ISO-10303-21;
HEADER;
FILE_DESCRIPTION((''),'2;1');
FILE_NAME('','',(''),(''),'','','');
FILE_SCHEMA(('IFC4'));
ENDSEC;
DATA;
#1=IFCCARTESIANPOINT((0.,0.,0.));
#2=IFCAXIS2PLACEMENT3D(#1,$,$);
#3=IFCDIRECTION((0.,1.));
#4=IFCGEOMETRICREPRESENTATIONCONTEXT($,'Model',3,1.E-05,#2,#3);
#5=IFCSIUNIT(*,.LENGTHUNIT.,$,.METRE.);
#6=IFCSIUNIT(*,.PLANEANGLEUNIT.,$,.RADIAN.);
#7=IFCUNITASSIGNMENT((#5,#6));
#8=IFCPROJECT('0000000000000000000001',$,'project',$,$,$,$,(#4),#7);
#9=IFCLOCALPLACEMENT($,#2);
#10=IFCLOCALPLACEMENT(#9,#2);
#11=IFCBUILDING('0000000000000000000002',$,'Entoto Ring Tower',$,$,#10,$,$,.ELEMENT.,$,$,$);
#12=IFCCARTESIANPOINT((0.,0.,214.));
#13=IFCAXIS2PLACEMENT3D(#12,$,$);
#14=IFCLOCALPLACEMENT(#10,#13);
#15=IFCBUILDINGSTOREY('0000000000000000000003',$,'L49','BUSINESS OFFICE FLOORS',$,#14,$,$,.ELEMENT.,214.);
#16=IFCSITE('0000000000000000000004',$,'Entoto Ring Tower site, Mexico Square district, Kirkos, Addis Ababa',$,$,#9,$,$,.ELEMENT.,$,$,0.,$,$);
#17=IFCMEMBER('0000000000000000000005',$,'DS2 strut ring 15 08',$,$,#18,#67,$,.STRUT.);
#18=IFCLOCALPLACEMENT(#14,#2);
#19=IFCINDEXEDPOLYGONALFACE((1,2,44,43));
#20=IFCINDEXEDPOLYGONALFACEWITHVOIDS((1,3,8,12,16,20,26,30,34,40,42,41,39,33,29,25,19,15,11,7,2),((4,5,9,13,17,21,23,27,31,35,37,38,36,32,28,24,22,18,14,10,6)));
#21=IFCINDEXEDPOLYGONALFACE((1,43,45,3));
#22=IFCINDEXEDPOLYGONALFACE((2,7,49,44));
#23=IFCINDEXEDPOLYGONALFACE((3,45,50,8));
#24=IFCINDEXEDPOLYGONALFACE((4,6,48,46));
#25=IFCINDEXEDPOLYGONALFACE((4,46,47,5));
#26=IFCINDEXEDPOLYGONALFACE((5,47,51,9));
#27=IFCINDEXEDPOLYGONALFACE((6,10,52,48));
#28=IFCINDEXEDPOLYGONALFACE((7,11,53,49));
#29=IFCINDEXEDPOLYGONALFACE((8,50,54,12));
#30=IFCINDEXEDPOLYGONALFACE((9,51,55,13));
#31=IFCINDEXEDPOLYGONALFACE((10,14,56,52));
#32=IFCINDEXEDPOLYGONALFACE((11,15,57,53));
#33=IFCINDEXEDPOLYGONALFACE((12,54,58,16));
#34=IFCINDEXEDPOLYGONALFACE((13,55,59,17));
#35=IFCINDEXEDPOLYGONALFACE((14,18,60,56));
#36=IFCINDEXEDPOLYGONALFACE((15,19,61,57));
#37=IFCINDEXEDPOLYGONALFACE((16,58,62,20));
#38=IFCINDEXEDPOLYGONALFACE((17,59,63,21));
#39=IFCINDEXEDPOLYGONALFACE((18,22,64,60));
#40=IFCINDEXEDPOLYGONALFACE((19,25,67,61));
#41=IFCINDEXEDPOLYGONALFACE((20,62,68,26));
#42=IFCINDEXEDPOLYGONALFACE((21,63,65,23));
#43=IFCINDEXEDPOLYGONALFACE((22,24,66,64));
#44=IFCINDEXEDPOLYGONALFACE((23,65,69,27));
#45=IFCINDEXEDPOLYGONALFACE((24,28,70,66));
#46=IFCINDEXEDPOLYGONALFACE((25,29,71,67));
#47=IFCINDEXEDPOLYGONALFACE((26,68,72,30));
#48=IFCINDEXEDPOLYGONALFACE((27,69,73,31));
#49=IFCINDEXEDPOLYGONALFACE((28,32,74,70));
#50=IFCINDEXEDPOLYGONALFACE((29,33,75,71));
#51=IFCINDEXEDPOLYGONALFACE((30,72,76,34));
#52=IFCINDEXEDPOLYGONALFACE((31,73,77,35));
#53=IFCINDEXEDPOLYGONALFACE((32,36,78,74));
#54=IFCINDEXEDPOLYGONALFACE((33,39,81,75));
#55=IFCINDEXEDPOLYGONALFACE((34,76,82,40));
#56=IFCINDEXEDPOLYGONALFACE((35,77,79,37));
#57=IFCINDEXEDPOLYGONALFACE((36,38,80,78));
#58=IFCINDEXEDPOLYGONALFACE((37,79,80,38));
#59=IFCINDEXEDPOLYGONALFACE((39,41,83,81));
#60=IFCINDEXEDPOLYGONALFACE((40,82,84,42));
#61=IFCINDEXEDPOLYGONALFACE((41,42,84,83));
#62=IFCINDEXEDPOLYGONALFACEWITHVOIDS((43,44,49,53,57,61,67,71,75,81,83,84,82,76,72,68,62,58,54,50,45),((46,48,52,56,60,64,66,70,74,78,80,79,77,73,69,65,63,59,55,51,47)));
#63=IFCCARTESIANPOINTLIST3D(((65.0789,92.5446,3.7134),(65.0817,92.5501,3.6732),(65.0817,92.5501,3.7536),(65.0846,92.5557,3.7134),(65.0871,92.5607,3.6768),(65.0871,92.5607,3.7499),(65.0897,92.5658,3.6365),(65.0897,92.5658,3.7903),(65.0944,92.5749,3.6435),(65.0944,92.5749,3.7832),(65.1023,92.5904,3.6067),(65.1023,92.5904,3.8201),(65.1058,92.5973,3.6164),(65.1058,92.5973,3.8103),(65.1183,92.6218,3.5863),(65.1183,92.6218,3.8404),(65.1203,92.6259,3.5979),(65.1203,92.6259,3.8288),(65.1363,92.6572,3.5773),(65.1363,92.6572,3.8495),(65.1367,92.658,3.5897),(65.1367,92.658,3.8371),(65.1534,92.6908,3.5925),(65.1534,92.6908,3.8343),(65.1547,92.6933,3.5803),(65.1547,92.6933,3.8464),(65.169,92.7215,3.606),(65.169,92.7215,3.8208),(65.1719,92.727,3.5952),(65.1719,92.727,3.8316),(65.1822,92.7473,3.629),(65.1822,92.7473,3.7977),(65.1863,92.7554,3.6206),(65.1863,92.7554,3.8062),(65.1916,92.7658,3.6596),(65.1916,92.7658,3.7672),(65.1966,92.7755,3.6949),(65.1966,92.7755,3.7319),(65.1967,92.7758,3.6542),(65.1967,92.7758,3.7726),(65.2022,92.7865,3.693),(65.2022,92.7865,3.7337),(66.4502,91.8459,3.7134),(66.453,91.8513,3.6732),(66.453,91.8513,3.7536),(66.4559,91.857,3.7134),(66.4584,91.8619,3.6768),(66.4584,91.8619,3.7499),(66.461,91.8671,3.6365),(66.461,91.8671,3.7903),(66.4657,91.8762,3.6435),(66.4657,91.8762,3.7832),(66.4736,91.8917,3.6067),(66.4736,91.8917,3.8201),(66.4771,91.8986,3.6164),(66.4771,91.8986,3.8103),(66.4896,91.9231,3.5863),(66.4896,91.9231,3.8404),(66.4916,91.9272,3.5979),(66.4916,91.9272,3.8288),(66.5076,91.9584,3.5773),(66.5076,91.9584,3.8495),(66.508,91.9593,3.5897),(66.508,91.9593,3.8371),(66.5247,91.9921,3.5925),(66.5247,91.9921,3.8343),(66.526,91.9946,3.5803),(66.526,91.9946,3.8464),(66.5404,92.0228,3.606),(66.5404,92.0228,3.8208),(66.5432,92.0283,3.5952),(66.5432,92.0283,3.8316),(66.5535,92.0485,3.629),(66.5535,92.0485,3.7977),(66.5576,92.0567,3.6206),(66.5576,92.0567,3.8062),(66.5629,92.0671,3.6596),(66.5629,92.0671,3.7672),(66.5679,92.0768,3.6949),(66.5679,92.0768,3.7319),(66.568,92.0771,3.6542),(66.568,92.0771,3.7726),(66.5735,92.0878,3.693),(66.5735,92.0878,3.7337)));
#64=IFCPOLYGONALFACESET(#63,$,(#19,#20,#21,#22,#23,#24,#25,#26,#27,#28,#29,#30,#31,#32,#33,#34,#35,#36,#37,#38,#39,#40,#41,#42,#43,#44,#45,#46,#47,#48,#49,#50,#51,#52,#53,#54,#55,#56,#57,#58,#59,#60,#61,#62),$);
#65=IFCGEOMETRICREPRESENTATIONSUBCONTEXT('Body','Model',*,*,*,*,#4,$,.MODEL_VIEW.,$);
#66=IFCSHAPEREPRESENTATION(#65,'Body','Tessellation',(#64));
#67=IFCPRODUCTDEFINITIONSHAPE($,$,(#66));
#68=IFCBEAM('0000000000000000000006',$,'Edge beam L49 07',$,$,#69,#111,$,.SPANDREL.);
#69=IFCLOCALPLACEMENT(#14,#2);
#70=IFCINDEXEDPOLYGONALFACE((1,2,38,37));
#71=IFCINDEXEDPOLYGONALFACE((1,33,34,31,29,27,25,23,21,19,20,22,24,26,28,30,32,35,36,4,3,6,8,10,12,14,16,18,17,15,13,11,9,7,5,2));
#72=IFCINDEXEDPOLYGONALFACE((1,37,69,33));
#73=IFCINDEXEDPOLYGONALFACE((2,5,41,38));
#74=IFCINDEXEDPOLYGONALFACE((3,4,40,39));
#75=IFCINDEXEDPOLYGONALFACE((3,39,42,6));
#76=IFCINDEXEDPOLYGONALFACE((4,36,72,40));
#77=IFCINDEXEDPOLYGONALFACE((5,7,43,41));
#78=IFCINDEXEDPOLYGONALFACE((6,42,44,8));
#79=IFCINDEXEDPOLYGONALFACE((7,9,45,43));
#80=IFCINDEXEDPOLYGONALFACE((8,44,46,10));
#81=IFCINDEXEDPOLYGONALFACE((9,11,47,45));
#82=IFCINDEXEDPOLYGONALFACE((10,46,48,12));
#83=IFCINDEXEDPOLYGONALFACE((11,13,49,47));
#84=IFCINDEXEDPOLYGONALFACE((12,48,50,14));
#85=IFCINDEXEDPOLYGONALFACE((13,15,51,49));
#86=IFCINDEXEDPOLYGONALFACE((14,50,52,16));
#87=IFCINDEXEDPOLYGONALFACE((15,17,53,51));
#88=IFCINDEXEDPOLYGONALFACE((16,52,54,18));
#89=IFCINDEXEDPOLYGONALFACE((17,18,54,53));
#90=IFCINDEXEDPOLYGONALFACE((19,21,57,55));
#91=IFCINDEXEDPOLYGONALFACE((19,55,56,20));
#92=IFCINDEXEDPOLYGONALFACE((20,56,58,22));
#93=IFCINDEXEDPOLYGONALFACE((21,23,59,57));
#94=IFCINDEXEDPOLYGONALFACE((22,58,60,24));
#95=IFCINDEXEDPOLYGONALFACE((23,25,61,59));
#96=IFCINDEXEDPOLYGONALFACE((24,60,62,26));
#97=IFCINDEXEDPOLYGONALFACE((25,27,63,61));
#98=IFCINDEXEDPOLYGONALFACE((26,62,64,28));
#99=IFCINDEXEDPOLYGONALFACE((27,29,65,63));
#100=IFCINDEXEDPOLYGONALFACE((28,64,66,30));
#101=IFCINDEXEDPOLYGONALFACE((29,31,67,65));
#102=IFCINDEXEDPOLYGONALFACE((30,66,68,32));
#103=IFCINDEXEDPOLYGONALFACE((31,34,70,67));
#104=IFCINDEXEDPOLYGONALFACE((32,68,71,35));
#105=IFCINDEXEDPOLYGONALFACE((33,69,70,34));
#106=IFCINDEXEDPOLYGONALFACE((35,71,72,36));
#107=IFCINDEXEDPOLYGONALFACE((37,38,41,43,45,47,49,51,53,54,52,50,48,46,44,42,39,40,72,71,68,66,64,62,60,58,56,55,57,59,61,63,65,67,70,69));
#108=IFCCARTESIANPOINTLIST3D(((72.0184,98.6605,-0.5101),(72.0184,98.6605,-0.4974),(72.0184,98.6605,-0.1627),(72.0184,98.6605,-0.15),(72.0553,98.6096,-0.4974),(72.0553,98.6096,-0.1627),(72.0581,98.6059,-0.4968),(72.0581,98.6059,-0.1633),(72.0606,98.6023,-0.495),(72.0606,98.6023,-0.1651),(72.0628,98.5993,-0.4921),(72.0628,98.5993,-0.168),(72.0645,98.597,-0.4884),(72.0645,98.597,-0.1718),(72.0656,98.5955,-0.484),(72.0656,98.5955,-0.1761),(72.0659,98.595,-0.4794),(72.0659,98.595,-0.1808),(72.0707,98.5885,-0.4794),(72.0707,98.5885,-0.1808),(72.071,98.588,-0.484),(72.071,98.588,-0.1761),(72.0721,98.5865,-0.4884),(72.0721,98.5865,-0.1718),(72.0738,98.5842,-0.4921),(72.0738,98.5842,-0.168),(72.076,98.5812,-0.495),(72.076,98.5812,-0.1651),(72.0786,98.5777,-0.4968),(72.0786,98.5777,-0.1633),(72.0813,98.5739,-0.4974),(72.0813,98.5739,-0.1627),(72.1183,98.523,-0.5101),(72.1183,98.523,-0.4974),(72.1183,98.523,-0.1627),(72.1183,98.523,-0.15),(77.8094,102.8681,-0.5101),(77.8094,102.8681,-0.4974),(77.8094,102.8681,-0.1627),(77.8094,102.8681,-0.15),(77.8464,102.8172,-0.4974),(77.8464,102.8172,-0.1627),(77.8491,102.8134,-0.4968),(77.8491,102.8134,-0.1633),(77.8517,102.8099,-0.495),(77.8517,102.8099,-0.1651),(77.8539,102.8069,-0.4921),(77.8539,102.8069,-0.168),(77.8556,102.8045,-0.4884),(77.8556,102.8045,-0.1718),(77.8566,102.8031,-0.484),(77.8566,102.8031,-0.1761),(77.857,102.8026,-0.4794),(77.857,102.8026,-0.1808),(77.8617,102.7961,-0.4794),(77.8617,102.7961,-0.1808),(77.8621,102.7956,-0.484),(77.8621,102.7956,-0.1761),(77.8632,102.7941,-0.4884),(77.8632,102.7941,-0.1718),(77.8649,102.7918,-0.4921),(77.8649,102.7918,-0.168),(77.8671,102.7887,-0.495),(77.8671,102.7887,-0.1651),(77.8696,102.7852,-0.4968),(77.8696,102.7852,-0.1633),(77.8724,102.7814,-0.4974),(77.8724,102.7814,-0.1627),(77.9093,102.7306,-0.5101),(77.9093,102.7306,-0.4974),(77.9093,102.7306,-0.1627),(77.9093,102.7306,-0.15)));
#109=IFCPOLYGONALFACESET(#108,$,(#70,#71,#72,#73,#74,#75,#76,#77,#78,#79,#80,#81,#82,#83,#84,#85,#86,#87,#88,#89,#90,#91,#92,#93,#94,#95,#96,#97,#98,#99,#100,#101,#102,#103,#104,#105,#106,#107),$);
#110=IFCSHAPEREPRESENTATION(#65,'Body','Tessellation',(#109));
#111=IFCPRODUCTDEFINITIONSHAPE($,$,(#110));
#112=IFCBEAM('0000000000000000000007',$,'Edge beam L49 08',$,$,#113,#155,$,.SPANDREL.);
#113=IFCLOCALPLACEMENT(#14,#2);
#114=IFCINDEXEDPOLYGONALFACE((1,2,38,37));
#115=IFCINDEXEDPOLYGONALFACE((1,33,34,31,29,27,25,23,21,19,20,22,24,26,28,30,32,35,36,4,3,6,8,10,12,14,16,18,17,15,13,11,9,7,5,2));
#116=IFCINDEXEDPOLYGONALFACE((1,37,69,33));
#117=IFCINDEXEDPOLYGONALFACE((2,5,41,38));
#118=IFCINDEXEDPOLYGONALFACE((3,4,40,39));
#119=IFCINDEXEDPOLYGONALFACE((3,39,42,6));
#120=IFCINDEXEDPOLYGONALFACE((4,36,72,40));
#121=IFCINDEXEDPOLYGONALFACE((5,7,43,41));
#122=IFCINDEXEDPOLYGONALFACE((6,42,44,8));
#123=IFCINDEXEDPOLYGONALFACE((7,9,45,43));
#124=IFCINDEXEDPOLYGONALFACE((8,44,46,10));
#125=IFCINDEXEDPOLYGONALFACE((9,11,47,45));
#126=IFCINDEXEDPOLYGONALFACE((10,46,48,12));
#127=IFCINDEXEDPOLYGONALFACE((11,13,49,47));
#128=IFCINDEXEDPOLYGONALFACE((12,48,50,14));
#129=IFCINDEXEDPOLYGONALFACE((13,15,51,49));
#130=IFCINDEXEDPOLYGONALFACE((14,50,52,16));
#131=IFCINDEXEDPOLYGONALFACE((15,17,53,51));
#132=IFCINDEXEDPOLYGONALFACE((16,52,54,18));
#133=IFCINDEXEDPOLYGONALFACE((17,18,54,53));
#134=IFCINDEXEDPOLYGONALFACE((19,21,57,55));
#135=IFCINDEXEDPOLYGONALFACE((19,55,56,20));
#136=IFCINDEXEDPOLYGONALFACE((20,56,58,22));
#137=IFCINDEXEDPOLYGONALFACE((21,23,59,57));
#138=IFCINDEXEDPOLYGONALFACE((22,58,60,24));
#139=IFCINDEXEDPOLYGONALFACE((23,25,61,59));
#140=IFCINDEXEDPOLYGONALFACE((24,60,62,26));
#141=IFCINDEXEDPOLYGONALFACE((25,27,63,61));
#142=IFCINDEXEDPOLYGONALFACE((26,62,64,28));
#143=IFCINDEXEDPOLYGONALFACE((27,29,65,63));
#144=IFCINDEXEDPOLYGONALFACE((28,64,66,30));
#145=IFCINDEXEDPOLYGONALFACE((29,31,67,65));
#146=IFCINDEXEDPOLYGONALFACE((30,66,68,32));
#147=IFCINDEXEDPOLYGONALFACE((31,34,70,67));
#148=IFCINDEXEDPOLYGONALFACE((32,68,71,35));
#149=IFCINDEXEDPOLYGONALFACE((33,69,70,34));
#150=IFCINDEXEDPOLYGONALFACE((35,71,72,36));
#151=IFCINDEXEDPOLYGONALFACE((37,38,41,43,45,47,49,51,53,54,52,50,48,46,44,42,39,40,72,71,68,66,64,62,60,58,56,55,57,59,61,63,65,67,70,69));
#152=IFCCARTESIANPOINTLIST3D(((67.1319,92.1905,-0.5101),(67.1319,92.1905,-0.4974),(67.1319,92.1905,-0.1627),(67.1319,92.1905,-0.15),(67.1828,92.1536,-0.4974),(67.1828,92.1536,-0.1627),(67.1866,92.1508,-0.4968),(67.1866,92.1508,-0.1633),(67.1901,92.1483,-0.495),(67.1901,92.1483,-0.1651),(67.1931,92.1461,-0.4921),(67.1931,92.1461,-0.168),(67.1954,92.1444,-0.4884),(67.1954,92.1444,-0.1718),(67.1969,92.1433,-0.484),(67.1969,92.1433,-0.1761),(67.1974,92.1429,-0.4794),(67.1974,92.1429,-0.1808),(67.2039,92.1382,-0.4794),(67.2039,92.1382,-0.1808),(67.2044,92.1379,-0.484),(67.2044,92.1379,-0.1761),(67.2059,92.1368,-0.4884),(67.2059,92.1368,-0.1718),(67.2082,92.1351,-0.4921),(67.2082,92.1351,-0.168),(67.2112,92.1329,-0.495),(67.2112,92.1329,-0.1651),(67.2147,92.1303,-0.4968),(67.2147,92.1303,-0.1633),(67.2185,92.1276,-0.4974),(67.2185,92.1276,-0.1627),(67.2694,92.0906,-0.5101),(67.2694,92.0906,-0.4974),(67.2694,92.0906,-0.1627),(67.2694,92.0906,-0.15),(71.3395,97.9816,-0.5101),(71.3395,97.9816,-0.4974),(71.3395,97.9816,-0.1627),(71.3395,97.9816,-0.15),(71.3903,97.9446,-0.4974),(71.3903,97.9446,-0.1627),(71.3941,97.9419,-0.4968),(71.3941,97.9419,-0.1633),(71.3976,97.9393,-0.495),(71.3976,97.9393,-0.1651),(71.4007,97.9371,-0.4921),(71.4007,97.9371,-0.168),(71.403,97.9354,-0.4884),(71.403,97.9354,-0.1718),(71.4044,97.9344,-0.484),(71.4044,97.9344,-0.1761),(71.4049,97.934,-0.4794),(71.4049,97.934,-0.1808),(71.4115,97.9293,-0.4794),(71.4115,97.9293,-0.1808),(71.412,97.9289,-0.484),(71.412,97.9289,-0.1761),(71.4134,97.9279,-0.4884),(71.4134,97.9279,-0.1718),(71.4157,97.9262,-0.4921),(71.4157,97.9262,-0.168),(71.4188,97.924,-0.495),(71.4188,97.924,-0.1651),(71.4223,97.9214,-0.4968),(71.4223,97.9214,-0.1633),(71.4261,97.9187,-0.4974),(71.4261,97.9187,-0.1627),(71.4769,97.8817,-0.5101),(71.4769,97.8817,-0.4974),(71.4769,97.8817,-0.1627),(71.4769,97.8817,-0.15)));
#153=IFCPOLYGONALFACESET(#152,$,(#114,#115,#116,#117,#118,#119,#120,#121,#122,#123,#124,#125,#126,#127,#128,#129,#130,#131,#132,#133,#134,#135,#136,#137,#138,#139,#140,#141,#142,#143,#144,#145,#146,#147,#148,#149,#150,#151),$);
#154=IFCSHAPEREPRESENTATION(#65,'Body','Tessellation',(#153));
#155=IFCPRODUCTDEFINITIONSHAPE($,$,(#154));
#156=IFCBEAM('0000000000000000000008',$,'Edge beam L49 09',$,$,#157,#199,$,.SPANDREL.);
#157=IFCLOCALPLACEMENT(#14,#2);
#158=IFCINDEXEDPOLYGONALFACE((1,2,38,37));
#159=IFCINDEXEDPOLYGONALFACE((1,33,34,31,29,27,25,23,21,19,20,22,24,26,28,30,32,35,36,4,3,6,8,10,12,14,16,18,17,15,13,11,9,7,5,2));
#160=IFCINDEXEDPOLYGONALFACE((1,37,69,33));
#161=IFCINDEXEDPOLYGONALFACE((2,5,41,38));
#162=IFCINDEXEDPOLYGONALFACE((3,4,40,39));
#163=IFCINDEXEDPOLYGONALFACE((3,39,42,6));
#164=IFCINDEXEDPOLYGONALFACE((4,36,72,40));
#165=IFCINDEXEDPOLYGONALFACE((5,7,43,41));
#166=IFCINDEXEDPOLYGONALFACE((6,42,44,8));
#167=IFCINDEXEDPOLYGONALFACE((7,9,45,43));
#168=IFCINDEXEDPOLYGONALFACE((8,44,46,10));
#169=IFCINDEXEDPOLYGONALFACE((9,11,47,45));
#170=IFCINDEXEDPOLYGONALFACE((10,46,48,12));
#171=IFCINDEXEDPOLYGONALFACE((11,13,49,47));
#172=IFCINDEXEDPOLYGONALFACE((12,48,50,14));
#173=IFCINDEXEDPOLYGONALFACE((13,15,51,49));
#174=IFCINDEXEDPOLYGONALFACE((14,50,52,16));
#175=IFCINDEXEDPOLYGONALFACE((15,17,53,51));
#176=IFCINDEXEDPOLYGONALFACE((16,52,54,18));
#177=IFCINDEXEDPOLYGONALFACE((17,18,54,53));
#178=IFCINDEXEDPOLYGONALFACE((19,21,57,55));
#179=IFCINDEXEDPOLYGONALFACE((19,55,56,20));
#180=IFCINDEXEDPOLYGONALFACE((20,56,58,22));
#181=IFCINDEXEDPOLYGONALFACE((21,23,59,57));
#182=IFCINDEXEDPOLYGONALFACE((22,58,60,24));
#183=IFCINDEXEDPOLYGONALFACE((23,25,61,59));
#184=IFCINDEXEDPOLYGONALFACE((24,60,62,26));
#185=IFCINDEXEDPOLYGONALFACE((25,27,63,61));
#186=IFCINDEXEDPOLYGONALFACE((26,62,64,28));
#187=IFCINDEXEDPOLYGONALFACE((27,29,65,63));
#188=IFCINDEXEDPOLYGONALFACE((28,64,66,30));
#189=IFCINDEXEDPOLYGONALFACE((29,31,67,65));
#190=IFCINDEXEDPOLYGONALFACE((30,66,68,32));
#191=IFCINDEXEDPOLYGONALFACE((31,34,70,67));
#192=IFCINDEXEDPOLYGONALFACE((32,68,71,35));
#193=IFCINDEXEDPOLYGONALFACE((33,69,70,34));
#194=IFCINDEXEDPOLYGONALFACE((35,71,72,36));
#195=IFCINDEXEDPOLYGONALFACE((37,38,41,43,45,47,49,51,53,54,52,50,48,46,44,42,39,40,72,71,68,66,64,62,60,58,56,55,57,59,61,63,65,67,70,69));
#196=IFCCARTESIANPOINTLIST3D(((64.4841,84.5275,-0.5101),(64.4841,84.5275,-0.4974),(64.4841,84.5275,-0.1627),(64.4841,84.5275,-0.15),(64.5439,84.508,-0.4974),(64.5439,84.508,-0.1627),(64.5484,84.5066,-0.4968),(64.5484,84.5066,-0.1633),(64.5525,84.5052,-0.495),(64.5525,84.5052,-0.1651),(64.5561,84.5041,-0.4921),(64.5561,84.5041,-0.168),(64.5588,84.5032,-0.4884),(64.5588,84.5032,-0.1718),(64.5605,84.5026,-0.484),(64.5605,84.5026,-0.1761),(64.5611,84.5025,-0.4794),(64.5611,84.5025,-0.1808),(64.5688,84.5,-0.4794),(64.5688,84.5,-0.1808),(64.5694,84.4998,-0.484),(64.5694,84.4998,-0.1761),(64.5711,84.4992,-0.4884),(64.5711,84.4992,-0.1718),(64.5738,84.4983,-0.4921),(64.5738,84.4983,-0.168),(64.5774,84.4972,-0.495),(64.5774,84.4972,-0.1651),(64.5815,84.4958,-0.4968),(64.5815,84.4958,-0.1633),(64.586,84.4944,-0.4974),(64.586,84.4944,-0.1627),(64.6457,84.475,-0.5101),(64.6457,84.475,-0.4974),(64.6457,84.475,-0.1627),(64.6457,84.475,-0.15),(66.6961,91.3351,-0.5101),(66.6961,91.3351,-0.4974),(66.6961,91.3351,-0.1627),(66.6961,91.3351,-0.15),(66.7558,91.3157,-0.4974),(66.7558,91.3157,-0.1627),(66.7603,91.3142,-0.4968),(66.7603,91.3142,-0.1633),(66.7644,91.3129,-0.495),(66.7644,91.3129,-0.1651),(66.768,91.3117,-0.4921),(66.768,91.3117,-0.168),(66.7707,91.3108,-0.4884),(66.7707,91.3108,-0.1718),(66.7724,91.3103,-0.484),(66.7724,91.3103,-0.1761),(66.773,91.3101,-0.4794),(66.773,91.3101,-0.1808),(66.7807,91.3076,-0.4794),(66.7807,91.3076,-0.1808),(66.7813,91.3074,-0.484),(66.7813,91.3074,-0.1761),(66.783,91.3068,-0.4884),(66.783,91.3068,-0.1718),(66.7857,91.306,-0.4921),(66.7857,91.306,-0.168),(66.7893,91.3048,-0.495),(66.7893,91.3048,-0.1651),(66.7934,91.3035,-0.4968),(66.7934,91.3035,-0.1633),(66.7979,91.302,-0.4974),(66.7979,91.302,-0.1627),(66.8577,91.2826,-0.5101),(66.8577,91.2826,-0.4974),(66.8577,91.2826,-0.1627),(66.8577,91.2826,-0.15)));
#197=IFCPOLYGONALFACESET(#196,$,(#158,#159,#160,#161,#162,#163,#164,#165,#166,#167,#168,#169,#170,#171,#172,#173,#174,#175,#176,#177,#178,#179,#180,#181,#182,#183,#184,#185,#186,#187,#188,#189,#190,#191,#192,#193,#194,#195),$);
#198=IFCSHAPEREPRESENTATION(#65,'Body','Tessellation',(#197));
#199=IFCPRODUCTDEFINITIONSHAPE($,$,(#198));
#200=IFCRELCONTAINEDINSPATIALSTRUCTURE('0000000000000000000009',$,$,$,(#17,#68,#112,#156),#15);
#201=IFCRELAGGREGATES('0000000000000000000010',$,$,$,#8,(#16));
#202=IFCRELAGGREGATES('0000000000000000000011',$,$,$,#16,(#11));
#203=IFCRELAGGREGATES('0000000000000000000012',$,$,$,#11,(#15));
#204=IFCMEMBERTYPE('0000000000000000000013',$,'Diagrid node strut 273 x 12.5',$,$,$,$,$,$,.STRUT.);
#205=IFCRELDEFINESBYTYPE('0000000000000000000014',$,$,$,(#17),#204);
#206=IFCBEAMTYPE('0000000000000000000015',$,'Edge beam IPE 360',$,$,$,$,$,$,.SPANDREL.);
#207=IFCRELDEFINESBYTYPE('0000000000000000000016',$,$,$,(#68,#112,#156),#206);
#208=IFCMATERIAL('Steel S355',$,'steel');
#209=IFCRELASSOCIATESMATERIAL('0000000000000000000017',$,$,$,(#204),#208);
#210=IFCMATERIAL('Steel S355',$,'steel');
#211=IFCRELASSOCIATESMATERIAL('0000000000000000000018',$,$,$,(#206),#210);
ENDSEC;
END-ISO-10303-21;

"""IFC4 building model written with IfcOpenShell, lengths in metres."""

from ifc_helpers import new_model, si_unit, direction, frame, origin, origin_2d, place, context, subcontext, project, spatial, circle, hollow_circle, i_section, extrude, material, material_profile, profile_set, type_object, element, save


model = new_model("IFC4")

# Units and contexts
model_context = context("Model", 3, precision=1e-05, world=origin(), true_north=direction((0.0, 1.0)))
body_context = subcontext(model_context, "Body", "Model", "MODEL_VIEW")
ifc_project = project(units=[si_unit("LENGTHUNIT", "METRE"), si_unit("PLANEANGLEUNIT", "RADIAN")], contexts=[model_context])

# Site, building, storey
site_placement = place(None, origin())
site = spatial("IfcSite", under=ifc_project, at=site_placement, Name="Entoto Ring Tower site, Mexico Square district, Kirkos, Addis Ababa", CompositionType="ELEMENT", RefElevation=0.0)
building_placement = place(site_placement, origin())
building = spatial("IfcBuilding", under=site, at=building_placement, Name="Entoto Ring Tower", CompositionType="ELEMENT")
storey_placement = place(building_placement, frame((0.0, 0.0, 214.0)))
storey = spatial("IfcBuildingStorey", under=building, at=storey_placement, Name="L49", Description="BUSINESS OFFICE FLOORS", CompositionType="ELEMENT", Elevation=214.0)

# Member
ifc_material_1 = material(Name="Steel S355", Category="steel")
ifc_material_profile_1 = material_profile(ifc_material_1, hollow_circle(Radius=0.1365, WallThickness=0.0125, at=origin_2d()), Name="CHS 273 x 12.5")
ifc_material_2 = material(Name="Concrete C60/75", Category="concrete")
ifc_material_profile_2 = material_profile(ifc_material_2, circle(Radius=0.124, at=origin_2d()), Name="Concrete C60/75 infill")
ifc_profile_set_1 = profile_set([ifc_material_profile_1, ifc_material_profile_2], Name="Steel S355")
member_type = type_object("IfcMemberType", Name="Diagrid node strut 273 x 12.5", PredefinedType="STRUT", material=ifc_profile_set_1)
member_1_placement = place(storey_placement, frame((66.5122, 91.9675, 3.7134), z_axis=(-0.891007, 0.45399, 0.0), x_axis=(-0.45399, -0.891007, 0.0)))
element("IfcMember", 1, at=member_1_placement, inside=storey, type_object=member_type, Name="DS2 strut ring 15 08", PredefinedType="STRUT", context=body_context, shape_type="SweptSolid", body=[
    extrude(hollow_circle(Radius=0.1365, WallThickness=0.0125, at=origin_2d()), origin(), (0.0, 0.0, 1.0), 1.5391),
])

# Beams
ifc_material_3 = material(Name="Steel S355", Category="steel")
ifc_material_profile_3 = material_profile(ifc_material_3, i_section(OverallWidth=0.1699, OverallDepth=0.3601, WebThickness=0.0081, FlangeThickness=0.0127, FilletRadius=0.0181, at=origin_2d()), Name="IPE 360")
ifc_profile_set_2 = profile_set([ifc_material_profile_3], Name="Steel S355")
beam_type_1 = type_object("IfcBeamType", Name="Edge beam IPE 360", PredefinedType="SPANDREL", material=ifc_profile_set_2)
for number, where, z_axis, x_axis, name in (
    (2, (77.8594, 102.7993, -0.3301), (-0.80901, -0.587794, 0.0), (0.587794, -0.80901, 0.0), "Edge beam L49 07"),
    (3, (71.4082, 97.9316, -0.3301), (-0.587794, -0.80901, 0.0), (0.80901, -0.587794, 0.0), "Edge beam L49 08"),
):
    element("IfcBeam", number, at=place(storey_placement, frame(where, z_axis=z_axis, x_axis=x_axis)), inside=storey, type_object=beam_type_1, Name=name, PredefinedType="SPANDREL", context=body_context, shape_type="SweptSolid", body=[
        extrude(i_section(OverallWidth=0.1699, OverallDepth=0.3601, WebThickness=0.0081, FlangeThickness=0.0127, FilletRadius=0.0181, at=origin_2d()), origin(), (0.0, 0.0, 1.0), 7.1582),
    ])
beam_1_placement = place(storey_placement, frame((66.7769, 91.3088, -0.3301), z_axis=(-0.309015, -0.951057, 0.0), x_axis=(0.951057, -0.309015, 0.0)))
element("IfcBeam", 4, at=beam_1_placement, inside=storey, type_object=beam_type_1, Name="Edge beam L49 09", PredefinedType="SPANDREL", context=body_context, shape_type="SweptSolid", body=[
    extrude(i_section(OverallWidth=0.1699, OverallDepth=0.3601, WebThickness=0.0081, FlangeThickness=0.0127, FilletRadius=0.0181, at=origin_2d()), origin(), (0.0, 0.0, 1.0), 7.158),
])

save(model, "model.ifc")
